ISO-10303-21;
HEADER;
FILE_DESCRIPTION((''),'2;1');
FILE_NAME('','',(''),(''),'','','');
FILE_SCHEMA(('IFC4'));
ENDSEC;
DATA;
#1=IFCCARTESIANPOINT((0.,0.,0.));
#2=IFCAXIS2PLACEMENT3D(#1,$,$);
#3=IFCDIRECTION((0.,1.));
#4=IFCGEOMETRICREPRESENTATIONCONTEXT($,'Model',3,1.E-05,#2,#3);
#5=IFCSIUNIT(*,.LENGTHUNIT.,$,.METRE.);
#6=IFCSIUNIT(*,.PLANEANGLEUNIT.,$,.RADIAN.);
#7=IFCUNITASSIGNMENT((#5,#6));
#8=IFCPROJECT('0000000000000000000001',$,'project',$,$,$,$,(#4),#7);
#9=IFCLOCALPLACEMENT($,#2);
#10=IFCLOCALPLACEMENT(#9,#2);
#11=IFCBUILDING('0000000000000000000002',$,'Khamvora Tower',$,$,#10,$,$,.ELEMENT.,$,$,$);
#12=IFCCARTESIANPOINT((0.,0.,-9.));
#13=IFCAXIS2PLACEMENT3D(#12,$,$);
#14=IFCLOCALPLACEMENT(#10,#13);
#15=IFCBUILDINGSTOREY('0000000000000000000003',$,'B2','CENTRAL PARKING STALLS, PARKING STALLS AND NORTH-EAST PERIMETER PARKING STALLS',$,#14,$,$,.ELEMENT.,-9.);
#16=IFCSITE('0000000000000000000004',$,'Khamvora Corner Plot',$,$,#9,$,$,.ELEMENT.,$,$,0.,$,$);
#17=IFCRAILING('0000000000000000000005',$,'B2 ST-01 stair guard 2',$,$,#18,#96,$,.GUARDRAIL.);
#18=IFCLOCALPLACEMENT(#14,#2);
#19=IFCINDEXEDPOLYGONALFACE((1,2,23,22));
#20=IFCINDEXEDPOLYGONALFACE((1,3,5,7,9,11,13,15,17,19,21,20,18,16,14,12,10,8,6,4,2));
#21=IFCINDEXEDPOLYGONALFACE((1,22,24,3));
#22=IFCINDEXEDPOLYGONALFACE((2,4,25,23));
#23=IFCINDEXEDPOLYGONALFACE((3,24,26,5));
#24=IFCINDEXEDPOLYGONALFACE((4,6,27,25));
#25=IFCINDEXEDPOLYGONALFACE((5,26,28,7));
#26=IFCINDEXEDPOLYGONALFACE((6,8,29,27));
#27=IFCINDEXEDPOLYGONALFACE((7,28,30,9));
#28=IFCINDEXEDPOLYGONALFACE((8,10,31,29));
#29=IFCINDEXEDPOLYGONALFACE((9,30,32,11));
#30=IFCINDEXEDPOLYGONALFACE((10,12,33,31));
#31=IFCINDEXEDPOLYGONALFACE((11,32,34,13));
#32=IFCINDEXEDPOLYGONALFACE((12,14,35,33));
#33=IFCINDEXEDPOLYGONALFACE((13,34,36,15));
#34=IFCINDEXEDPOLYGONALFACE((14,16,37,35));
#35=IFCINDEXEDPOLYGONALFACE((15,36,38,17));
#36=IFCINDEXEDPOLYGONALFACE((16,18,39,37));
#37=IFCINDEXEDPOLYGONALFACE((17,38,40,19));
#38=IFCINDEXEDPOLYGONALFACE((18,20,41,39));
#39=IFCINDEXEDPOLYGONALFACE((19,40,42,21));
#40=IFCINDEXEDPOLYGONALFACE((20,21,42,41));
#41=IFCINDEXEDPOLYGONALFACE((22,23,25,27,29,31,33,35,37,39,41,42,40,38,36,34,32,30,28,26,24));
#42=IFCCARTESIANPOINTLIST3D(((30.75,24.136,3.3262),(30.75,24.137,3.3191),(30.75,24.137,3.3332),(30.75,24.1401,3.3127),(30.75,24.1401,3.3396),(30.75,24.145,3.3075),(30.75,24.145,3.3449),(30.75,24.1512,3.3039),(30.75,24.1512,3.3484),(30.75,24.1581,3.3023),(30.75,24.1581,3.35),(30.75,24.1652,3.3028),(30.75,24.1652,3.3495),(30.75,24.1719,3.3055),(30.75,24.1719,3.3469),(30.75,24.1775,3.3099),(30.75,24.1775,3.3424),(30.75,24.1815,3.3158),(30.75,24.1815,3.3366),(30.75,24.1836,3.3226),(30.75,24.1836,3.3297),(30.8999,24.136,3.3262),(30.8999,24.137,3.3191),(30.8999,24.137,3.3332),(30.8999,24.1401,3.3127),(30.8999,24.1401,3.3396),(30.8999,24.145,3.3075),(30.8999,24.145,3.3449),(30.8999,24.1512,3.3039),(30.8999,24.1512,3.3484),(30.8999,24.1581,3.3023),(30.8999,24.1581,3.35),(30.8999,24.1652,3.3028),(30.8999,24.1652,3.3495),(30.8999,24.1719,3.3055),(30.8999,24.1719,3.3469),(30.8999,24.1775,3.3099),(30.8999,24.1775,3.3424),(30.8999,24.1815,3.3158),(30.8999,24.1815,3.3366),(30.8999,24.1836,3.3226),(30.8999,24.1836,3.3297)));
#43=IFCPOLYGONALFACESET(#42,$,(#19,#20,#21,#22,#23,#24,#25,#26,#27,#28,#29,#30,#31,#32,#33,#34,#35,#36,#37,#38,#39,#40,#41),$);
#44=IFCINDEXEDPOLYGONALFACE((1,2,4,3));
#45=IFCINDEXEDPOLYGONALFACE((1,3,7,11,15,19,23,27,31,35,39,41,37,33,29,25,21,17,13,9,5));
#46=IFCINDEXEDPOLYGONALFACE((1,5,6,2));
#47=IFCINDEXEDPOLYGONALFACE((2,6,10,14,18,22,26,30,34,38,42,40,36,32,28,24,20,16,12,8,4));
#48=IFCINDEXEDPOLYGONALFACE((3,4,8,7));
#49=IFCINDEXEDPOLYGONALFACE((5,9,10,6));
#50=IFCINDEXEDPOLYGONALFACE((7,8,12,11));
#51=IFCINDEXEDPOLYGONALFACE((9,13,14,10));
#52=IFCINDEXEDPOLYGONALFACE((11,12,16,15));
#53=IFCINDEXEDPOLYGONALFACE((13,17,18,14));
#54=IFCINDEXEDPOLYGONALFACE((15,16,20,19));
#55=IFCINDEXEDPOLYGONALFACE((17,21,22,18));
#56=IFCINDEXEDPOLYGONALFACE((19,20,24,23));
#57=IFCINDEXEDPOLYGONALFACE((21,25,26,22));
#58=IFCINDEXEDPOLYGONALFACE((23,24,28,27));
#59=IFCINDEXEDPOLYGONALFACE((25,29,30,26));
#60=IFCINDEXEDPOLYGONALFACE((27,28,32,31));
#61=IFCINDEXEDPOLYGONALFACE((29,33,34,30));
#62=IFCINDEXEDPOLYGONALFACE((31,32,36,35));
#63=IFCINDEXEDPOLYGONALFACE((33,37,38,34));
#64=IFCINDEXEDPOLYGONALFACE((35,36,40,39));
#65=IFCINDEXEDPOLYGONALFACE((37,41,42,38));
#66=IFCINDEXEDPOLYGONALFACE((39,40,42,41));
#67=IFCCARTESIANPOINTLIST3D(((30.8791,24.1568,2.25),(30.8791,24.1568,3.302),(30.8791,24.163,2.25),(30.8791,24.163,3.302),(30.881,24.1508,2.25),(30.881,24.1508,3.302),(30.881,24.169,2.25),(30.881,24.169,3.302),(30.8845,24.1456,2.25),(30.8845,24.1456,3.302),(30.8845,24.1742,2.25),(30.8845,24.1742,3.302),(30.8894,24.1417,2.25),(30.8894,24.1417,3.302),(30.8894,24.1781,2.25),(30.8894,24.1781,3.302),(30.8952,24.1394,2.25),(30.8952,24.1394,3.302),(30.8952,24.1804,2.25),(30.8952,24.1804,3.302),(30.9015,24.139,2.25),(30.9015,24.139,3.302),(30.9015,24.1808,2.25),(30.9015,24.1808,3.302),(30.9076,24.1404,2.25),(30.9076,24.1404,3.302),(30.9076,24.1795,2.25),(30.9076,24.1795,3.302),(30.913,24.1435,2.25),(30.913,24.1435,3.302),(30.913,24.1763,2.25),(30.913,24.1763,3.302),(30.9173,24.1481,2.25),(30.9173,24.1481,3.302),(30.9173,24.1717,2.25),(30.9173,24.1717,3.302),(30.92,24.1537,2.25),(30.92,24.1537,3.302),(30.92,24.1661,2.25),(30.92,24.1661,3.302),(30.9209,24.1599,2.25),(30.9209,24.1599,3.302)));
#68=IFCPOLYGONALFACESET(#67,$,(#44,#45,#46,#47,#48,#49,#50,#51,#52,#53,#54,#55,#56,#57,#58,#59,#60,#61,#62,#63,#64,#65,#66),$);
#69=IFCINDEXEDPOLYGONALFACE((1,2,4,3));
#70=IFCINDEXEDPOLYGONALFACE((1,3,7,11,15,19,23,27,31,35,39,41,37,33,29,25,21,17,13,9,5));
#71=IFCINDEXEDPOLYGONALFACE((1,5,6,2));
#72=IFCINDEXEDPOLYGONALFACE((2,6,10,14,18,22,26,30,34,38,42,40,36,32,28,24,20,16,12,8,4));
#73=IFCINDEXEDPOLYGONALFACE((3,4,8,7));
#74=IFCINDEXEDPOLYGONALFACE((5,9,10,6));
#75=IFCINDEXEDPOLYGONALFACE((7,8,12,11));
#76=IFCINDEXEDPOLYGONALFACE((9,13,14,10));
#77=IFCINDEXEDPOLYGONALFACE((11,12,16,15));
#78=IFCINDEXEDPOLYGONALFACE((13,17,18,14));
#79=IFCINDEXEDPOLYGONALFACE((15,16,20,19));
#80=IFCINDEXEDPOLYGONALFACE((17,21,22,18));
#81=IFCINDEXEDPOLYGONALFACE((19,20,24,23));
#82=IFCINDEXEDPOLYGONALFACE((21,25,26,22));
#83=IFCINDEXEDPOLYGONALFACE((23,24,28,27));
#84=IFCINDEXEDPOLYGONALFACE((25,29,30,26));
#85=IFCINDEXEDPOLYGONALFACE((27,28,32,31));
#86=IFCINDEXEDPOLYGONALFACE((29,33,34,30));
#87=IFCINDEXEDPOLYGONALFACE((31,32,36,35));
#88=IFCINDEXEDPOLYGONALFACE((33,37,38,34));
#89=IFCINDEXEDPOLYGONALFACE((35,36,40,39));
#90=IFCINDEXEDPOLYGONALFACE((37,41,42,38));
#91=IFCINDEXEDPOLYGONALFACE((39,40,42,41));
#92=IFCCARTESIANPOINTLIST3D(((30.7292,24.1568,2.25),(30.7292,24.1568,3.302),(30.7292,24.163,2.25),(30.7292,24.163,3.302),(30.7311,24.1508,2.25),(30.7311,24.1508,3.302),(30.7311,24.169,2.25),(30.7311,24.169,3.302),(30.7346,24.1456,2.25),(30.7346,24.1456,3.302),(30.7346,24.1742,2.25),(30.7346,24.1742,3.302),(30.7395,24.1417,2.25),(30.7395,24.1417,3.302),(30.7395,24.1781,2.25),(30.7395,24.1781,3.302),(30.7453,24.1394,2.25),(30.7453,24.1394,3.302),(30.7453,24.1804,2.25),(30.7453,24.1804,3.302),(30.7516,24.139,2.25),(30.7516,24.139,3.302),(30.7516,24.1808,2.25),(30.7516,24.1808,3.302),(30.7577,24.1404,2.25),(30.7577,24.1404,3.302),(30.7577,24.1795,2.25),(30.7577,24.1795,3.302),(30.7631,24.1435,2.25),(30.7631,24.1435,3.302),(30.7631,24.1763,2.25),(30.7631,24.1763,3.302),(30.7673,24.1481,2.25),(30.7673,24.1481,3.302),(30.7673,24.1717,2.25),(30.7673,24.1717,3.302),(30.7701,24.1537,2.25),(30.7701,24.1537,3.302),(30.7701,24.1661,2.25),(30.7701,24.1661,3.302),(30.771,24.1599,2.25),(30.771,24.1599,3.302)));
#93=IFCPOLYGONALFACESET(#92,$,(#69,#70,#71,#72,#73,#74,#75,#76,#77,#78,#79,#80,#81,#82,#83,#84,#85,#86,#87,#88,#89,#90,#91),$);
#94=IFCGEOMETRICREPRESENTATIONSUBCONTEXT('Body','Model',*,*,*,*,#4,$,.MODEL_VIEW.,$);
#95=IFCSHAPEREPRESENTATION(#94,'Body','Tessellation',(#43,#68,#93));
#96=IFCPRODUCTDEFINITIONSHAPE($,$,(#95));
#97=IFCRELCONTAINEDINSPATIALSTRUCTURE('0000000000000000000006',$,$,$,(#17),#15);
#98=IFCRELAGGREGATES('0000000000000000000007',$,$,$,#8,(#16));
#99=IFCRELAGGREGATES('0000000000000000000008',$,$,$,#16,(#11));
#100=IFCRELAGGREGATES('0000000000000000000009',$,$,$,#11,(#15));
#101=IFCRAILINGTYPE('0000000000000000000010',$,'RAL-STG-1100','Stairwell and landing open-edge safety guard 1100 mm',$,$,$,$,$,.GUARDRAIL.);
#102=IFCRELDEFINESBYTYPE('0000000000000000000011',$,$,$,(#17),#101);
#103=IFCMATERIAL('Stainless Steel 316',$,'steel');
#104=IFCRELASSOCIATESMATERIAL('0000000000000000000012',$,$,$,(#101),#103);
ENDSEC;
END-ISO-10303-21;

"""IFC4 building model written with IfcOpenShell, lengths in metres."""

from ifc_helpers import new_model, si_unit, direction, frame, origin, origin_2d, place, context, subcontext, project, spatial, circle, extrude, material, type_object, element, save


model = new_model("IFC4")

# Units and contexts
model_context = context("Model", 3, precision=1e-05, world=origin(), true_north=direction((0.0, 1.0)))
body_context = subcontext(model_context, "Body", "Model", "MODEL_VIEW")
ifc_project = project(units=[si_unit("LENGTHUNIT", "METRE"), si_unit("PLANEANGLEUNIT", "RADIAN")], contexts=[model_context])

# Site, building, storey
site_placement = place(None, origin())
site = spatial("IfcSite", under=ifc_project, at=site_placement, Name="Khamvora Corner Plot", CompositionType="ELEMENT", RefElevation=0.0)
building_placement = place(site_placement, origin())
building = spatial("IfcBuilding", under=site, at=building_placement, Name="Khamvora Tower", CompositionType="ELEMENT")
storey_placement = place(building_placement, frame((0.0, 0.0, -9.0)))
storey = spatial("IfcBuildingStorey", under=building, at=storey_placement, Name="B2", Description="CENTRAL PARKING STALLS, PARKING STALLS AND NORTH-EAST PERIMETER PARKING STALLS", CompositionType="ELEMENT", Elevation=-9.0)

# Railing
ifc_material_1 = material(Name="Stainless Steel 316", Category="steel")
railing_type_1 = type_object("IfcRailingType", Name="RAL-STG-1100", Description="Stairwell and landing open-edge safety guard 1100 mm", PredefinedType="GUARDRAIL", material=ifc_material_1)
railing_1_placement = place(storey_placement, frame((30.8999, 24.1599, 2.25)))
element("IfcRailing", 1, at=railing_1_placement, inside=storey, type_object=railing_type_1, Name="B2 ST-01 stair guard 2", PredefinedType="GUARDRAIL", context=body_context, shape_type="SweptSolid", body=[
    extrude(circle(Radius=0.0239, at=origin_2d()), frame((0.0, 0.0, 1.0762), z_axis=(-1.0, 0.0, 0.0), x_axis=(0.0, -1.0, 0.0)), (0.0, 0.0, 1.0), 0.1499),
    extrude(circle(Radius=0.021, at=origin_2d()), origin(), (0.0, 0.0, 1.0), 1.052),
    extrude(circle(Radius=0.021, at=origin_2d()), frame((-0.1499, 0.0, 0.0)), (0.0, 0.0, 1.0), 1.052),
])

save(model, "model.ifc")
